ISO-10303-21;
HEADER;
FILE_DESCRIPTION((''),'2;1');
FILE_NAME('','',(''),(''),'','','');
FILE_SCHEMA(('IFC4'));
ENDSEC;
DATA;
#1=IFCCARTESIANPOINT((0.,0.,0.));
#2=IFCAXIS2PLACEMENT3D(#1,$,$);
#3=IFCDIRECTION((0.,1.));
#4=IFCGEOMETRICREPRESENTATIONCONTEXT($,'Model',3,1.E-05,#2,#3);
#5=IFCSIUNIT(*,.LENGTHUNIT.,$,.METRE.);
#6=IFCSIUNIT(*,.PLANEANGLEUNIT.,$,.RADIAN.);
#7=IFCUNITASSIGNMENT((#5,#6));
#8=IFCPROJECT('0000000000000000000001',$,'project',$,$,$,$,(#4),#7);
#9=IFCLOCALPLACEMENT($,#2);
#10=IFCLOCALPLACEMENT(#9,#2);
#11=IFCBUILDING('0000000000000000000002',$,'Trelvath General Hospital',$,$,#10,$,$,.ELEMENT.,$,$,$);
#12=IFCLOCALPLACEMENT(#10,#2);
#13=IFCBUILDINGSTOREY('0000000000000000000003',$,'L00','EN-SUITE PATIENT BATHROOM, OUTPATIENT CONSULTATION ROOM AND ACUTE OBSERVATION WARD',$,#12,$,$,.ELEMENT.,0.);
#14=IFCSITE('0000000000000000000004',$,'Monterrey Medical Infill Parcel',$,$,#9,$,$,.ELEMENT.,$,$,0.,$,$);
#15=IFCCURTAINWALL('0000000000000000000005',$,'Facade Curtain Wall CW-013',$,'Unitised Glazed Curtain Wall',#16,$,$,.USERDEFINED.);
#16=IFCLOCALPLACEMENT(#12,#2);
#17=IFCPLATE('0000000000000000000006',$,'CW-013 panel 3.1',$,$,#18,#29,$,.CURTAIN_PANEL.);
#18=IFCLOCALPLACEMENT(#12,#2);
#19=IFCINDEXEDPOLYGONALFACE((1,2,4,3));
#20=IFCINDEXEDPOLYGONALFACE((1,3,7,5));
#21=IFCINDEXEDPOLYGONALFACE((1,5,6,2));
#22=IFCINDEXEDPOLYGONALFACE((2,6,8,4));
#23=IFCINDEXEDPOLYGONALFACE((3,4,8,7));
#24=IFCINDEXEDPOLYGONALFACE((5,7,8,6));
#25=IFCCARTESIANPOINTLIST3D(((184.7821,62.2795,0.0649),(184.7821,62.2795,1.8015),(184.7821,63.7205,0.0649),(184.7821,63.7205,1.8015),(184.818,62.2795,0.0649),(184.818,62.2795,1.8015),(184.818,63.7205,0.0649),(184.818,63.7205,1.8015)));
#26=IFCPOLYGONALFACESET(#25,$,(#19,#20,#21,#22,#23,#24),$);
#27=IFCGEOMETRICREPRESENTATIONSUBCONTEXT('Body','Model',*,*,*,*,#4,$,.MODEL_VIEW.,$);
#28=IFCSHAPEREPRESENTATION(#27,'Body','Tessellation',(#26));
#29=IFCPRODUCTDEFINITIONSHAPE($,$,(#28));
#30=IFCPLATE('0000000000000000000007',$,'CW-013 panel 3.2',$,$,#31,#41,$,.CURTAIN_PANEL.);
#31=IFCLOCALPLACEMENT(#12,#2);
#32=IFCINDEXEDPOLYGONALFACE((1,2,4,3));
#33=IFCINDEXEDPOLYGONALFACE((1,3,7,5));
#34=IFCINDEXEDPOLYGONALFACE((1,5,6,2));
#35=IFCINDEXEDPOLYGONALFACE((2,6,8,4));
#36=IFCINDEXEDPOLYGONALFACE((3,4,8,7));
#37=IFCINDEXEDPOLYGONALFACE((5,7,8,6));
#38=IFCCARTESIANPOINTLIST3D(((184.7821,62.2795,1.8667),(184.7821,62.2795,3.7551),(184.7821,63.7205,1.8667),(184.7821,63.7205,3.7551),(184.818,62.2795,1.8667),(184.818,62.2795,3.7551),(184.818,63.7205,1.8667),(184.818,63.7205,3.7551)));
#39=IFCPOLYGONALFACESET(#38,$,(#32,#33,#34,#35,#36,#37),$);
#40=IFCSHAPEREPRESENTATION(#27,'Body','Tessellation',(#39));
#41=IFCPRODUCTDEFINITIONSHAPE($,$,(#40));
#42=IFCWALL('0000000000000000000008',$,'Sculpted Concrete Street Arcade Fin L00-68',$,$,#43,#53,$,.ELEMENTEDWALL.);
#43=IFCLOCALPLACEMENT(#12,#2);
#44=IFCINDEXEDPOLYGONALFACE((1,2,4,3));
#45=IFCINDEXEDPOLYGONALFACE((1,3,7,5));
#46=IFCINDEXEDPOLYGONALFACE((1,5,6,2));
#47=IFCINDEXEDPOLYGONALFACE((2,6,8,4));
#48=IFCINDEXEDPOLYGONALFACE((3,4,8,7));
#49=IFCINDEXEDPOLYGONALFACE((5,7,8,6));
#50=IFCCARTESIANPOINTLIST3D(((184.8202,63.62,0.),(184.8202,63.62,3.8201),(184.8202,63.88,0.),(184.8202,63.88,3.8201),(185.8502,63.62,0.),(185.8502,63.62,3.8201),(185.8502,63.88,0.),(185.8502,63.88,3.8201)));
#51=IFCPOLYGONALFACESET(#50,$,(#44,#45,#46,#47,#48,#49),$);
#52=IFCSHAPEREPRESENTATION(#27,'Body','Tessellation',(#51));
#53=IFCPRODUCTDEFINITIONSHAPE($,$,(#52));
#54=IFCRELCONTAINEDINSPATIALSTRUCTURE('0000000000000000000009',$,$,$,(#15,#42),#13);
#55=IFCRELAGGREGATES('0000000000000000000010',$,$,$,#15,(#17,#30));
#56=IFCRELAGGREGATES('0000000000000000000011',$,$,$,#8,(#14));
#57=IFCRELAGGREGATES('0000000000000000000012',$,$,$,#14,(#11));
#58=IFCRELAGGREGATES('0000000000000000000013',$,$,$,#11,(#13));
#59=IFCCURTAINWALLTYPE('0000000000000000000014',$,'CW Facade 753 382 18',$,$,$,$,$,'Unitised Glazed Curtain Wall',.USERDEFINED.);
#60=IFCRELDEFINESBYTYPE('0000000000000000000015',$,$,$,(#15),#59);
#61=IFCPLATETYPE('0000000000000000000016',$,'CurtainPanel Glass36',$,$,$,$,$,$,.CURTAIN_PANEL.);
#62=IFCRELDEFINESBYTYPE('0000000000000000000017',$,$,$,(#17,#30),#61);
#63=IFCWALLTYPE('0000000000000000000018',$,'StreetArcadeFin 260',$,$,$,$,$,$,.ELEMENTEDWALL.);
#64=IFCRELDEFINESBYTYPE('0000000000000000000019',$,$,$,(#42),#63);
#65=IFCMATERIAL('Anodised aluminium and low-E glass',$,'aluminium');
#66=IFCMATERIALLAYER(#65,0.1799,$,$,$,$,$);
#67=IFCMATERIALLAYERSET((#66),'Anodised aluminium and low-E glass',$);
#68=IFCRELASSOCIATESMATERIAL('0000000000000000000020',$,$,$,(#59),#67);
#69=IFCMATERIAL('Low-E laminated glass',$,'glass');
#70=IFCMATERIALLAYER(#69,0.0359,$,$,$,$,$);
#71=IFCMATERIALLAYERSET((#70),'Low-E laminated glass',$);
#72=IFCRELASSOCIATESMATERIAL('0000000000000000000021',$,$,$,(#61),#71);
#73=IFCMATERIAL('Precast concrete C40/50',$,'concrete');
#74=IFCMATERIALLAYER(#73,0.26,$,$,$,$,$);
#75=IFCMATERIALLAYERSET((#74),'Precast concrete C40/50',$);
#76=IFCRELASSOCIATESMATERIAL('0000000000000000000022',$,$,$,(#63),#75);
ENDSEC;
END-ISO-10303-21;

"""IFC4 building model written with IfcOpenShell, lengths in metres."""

from ifc_helpers import new_model, si_unit, direction, frame, frame_2d, origin, origin_2d, place, context, subcontext, project, spatial, rectangle, extrude, material, layer, layer_set, type_object, element, aggregate, save


model = new_model("IFC4")

# Units and contexts
model_context = context("Model", 3, precision=1e-05, world=origin(), true_north=direction((0.0, 1.0)))
body_context = subcontext(model_context, "Body", "Model", "MODEL_VIEW")
ifc_project = project(units=[si_unit("LENGTHUNIT", "METRE"), si_unit("PLANEANGLEUNIT", "RADIAN")], contexts=[model_context])

# Site, building, storey
site_placement = place(None, origin())
site = spatial("IfcSite", under=ifc_project, at=site_placement, Name="Monterrey Medical Infill Parcel", CompositionType="ELEMENT", RefElevation=0.0)
building_placement = place(site_placement, origin())
building = spatial("IfcBuilding", under=site, at=building_placement, Name="Trelvath General Hospital", CompositionType="ELEMENT")
storey_placement = place(building_placement, origin())
storey = spatial("IfcBuildingStorey", under=building, at=storey_placement, Name="L00", Description="EN-SUITE PATIENT BATHROOM, OUTPATIENT CONSULTATION ROOM AND ACUTE OBSERVATION WARD", CompositionType="ELEMENT", Elevation=0.0)

# Curtain wall, plates
ifc_material_1 = material(Name="Anodised aluminium and low-E glass", Category="aluminium")
ifc_layer_1 = layer(ifc_material_1, 0.1799)
ifc_layer_set_1 = layer_set([ifc_layer_1], Name="Anodised aluminium and low-E glass")
curtain_wall_type = type_object("IfcCurtainWallType", Name="CW Facade 753 382 18", ElementType="Unitised Glazed Curtain Wall", PredefinedType="USERDEFINED", material=ifc_layer_set_1)
curtain_wall_placement = place(storey_placement, origin())
curtain_wall = element("IfcCurtainWall", 1, at=curtain_wall_placement, inside=storey, type_object=curtain_wall_type, Name="Facade Curtain Wall CW-013", ObjectType="Unitised Glazed Curtain Wall", PredefinedType="USERDEFINED")
ifc_material_2 = material(Name="Low-E laminated glass", Category="glass")
ifc_layer_2 = layer(ifc_material_2, 0.0359)
ifc_layer_set_2 = layer_set([ifc_layer_2], Name="Low-E laminated glass")
plate_type = type_object("IfcPlateType", Name="CurtainPanel Glass36", PredefinedType="CURTAIN_PANEL", material=ifc_layer_set_2)
plate_1_placement = place(storey_placement, frame((184.8, 63.0, 0.0649), z_axis=(0.0, 0.0, 1.0), x_axis=(0.0, -1.0, 0.0)))
plate_1 = element("IfcPlate", 2, at=plate_1_placement, type_object=plate_type, Name="CW-013 panel 3.1", PredefinedType="CURTAIN_PANEL", context=body_context, shape_type="SweptSolid", body=[
    extrude(rectangle(XDim=1.4409, YDim=0.0359, at=origin_2d()), origin(), (0.0, 0.0, 1.0), 1.7366),
])
plate_2_placement = place(storey_placement, frame((184.8, 63.0, 1.8667), z_axis=(0.0, 0.0, 1.0), x_axis=(0.0, -1.0, 0.0)))
plate_2 = element("IfcPlate", 3, at=plate_2_placement, type_object=plate_type, Name="CW-013 panel 3.2", PredefinedType="CURTAIN_PANEL", context=body_context, shape_type="SweptSolid", body=[
    extrude(rectangle(XDim=1.4409, YDim=0.0359, at=origin_2d()), origin(), (0.0, 0.0, 1.0), 1.8884),
])
aggregate(curtain_wall, [plate_1, plate_2])

# Wall
ifc_material_3 = material(Name="Precast concrete C40/50", Category="concrete")
ifc_layer_3 = layer(ifc_material_3, 0.26)
ifc_layer_set_3 = layer_set([ifc_layer_3], Name="Precast concrete C40/50")
wall_type = type_object("IfcWallType", Name="StreetArcadeFin 260", PredefinedType="ELEMENTEDWALL", material=ifc_layer_set_3)
wall_placement = place(storey_placement, frame((184.8201, 63.75, 0.0), z_axis=(0.0, 0.0, 1.0), x_axis=(1.0, 0.0, 0.0)))
element("IfcWall", 4, at=wall_placement, inside=storey, type_object=wall_type, Name="Sculpted Concrete Street Arcade Fin L00-68", PredefinedType="ELEMENTEDWALL", context=body_context, shape_type="SweptSolid", body=[
    extrude(rectangle(XDim=1.03, YDim=0.26, at=frame_2d((0.5151, 0.0))), origin(), (0.0, 0.0, 1.0), 3.8201),
])

save(model, "model.ifc")
